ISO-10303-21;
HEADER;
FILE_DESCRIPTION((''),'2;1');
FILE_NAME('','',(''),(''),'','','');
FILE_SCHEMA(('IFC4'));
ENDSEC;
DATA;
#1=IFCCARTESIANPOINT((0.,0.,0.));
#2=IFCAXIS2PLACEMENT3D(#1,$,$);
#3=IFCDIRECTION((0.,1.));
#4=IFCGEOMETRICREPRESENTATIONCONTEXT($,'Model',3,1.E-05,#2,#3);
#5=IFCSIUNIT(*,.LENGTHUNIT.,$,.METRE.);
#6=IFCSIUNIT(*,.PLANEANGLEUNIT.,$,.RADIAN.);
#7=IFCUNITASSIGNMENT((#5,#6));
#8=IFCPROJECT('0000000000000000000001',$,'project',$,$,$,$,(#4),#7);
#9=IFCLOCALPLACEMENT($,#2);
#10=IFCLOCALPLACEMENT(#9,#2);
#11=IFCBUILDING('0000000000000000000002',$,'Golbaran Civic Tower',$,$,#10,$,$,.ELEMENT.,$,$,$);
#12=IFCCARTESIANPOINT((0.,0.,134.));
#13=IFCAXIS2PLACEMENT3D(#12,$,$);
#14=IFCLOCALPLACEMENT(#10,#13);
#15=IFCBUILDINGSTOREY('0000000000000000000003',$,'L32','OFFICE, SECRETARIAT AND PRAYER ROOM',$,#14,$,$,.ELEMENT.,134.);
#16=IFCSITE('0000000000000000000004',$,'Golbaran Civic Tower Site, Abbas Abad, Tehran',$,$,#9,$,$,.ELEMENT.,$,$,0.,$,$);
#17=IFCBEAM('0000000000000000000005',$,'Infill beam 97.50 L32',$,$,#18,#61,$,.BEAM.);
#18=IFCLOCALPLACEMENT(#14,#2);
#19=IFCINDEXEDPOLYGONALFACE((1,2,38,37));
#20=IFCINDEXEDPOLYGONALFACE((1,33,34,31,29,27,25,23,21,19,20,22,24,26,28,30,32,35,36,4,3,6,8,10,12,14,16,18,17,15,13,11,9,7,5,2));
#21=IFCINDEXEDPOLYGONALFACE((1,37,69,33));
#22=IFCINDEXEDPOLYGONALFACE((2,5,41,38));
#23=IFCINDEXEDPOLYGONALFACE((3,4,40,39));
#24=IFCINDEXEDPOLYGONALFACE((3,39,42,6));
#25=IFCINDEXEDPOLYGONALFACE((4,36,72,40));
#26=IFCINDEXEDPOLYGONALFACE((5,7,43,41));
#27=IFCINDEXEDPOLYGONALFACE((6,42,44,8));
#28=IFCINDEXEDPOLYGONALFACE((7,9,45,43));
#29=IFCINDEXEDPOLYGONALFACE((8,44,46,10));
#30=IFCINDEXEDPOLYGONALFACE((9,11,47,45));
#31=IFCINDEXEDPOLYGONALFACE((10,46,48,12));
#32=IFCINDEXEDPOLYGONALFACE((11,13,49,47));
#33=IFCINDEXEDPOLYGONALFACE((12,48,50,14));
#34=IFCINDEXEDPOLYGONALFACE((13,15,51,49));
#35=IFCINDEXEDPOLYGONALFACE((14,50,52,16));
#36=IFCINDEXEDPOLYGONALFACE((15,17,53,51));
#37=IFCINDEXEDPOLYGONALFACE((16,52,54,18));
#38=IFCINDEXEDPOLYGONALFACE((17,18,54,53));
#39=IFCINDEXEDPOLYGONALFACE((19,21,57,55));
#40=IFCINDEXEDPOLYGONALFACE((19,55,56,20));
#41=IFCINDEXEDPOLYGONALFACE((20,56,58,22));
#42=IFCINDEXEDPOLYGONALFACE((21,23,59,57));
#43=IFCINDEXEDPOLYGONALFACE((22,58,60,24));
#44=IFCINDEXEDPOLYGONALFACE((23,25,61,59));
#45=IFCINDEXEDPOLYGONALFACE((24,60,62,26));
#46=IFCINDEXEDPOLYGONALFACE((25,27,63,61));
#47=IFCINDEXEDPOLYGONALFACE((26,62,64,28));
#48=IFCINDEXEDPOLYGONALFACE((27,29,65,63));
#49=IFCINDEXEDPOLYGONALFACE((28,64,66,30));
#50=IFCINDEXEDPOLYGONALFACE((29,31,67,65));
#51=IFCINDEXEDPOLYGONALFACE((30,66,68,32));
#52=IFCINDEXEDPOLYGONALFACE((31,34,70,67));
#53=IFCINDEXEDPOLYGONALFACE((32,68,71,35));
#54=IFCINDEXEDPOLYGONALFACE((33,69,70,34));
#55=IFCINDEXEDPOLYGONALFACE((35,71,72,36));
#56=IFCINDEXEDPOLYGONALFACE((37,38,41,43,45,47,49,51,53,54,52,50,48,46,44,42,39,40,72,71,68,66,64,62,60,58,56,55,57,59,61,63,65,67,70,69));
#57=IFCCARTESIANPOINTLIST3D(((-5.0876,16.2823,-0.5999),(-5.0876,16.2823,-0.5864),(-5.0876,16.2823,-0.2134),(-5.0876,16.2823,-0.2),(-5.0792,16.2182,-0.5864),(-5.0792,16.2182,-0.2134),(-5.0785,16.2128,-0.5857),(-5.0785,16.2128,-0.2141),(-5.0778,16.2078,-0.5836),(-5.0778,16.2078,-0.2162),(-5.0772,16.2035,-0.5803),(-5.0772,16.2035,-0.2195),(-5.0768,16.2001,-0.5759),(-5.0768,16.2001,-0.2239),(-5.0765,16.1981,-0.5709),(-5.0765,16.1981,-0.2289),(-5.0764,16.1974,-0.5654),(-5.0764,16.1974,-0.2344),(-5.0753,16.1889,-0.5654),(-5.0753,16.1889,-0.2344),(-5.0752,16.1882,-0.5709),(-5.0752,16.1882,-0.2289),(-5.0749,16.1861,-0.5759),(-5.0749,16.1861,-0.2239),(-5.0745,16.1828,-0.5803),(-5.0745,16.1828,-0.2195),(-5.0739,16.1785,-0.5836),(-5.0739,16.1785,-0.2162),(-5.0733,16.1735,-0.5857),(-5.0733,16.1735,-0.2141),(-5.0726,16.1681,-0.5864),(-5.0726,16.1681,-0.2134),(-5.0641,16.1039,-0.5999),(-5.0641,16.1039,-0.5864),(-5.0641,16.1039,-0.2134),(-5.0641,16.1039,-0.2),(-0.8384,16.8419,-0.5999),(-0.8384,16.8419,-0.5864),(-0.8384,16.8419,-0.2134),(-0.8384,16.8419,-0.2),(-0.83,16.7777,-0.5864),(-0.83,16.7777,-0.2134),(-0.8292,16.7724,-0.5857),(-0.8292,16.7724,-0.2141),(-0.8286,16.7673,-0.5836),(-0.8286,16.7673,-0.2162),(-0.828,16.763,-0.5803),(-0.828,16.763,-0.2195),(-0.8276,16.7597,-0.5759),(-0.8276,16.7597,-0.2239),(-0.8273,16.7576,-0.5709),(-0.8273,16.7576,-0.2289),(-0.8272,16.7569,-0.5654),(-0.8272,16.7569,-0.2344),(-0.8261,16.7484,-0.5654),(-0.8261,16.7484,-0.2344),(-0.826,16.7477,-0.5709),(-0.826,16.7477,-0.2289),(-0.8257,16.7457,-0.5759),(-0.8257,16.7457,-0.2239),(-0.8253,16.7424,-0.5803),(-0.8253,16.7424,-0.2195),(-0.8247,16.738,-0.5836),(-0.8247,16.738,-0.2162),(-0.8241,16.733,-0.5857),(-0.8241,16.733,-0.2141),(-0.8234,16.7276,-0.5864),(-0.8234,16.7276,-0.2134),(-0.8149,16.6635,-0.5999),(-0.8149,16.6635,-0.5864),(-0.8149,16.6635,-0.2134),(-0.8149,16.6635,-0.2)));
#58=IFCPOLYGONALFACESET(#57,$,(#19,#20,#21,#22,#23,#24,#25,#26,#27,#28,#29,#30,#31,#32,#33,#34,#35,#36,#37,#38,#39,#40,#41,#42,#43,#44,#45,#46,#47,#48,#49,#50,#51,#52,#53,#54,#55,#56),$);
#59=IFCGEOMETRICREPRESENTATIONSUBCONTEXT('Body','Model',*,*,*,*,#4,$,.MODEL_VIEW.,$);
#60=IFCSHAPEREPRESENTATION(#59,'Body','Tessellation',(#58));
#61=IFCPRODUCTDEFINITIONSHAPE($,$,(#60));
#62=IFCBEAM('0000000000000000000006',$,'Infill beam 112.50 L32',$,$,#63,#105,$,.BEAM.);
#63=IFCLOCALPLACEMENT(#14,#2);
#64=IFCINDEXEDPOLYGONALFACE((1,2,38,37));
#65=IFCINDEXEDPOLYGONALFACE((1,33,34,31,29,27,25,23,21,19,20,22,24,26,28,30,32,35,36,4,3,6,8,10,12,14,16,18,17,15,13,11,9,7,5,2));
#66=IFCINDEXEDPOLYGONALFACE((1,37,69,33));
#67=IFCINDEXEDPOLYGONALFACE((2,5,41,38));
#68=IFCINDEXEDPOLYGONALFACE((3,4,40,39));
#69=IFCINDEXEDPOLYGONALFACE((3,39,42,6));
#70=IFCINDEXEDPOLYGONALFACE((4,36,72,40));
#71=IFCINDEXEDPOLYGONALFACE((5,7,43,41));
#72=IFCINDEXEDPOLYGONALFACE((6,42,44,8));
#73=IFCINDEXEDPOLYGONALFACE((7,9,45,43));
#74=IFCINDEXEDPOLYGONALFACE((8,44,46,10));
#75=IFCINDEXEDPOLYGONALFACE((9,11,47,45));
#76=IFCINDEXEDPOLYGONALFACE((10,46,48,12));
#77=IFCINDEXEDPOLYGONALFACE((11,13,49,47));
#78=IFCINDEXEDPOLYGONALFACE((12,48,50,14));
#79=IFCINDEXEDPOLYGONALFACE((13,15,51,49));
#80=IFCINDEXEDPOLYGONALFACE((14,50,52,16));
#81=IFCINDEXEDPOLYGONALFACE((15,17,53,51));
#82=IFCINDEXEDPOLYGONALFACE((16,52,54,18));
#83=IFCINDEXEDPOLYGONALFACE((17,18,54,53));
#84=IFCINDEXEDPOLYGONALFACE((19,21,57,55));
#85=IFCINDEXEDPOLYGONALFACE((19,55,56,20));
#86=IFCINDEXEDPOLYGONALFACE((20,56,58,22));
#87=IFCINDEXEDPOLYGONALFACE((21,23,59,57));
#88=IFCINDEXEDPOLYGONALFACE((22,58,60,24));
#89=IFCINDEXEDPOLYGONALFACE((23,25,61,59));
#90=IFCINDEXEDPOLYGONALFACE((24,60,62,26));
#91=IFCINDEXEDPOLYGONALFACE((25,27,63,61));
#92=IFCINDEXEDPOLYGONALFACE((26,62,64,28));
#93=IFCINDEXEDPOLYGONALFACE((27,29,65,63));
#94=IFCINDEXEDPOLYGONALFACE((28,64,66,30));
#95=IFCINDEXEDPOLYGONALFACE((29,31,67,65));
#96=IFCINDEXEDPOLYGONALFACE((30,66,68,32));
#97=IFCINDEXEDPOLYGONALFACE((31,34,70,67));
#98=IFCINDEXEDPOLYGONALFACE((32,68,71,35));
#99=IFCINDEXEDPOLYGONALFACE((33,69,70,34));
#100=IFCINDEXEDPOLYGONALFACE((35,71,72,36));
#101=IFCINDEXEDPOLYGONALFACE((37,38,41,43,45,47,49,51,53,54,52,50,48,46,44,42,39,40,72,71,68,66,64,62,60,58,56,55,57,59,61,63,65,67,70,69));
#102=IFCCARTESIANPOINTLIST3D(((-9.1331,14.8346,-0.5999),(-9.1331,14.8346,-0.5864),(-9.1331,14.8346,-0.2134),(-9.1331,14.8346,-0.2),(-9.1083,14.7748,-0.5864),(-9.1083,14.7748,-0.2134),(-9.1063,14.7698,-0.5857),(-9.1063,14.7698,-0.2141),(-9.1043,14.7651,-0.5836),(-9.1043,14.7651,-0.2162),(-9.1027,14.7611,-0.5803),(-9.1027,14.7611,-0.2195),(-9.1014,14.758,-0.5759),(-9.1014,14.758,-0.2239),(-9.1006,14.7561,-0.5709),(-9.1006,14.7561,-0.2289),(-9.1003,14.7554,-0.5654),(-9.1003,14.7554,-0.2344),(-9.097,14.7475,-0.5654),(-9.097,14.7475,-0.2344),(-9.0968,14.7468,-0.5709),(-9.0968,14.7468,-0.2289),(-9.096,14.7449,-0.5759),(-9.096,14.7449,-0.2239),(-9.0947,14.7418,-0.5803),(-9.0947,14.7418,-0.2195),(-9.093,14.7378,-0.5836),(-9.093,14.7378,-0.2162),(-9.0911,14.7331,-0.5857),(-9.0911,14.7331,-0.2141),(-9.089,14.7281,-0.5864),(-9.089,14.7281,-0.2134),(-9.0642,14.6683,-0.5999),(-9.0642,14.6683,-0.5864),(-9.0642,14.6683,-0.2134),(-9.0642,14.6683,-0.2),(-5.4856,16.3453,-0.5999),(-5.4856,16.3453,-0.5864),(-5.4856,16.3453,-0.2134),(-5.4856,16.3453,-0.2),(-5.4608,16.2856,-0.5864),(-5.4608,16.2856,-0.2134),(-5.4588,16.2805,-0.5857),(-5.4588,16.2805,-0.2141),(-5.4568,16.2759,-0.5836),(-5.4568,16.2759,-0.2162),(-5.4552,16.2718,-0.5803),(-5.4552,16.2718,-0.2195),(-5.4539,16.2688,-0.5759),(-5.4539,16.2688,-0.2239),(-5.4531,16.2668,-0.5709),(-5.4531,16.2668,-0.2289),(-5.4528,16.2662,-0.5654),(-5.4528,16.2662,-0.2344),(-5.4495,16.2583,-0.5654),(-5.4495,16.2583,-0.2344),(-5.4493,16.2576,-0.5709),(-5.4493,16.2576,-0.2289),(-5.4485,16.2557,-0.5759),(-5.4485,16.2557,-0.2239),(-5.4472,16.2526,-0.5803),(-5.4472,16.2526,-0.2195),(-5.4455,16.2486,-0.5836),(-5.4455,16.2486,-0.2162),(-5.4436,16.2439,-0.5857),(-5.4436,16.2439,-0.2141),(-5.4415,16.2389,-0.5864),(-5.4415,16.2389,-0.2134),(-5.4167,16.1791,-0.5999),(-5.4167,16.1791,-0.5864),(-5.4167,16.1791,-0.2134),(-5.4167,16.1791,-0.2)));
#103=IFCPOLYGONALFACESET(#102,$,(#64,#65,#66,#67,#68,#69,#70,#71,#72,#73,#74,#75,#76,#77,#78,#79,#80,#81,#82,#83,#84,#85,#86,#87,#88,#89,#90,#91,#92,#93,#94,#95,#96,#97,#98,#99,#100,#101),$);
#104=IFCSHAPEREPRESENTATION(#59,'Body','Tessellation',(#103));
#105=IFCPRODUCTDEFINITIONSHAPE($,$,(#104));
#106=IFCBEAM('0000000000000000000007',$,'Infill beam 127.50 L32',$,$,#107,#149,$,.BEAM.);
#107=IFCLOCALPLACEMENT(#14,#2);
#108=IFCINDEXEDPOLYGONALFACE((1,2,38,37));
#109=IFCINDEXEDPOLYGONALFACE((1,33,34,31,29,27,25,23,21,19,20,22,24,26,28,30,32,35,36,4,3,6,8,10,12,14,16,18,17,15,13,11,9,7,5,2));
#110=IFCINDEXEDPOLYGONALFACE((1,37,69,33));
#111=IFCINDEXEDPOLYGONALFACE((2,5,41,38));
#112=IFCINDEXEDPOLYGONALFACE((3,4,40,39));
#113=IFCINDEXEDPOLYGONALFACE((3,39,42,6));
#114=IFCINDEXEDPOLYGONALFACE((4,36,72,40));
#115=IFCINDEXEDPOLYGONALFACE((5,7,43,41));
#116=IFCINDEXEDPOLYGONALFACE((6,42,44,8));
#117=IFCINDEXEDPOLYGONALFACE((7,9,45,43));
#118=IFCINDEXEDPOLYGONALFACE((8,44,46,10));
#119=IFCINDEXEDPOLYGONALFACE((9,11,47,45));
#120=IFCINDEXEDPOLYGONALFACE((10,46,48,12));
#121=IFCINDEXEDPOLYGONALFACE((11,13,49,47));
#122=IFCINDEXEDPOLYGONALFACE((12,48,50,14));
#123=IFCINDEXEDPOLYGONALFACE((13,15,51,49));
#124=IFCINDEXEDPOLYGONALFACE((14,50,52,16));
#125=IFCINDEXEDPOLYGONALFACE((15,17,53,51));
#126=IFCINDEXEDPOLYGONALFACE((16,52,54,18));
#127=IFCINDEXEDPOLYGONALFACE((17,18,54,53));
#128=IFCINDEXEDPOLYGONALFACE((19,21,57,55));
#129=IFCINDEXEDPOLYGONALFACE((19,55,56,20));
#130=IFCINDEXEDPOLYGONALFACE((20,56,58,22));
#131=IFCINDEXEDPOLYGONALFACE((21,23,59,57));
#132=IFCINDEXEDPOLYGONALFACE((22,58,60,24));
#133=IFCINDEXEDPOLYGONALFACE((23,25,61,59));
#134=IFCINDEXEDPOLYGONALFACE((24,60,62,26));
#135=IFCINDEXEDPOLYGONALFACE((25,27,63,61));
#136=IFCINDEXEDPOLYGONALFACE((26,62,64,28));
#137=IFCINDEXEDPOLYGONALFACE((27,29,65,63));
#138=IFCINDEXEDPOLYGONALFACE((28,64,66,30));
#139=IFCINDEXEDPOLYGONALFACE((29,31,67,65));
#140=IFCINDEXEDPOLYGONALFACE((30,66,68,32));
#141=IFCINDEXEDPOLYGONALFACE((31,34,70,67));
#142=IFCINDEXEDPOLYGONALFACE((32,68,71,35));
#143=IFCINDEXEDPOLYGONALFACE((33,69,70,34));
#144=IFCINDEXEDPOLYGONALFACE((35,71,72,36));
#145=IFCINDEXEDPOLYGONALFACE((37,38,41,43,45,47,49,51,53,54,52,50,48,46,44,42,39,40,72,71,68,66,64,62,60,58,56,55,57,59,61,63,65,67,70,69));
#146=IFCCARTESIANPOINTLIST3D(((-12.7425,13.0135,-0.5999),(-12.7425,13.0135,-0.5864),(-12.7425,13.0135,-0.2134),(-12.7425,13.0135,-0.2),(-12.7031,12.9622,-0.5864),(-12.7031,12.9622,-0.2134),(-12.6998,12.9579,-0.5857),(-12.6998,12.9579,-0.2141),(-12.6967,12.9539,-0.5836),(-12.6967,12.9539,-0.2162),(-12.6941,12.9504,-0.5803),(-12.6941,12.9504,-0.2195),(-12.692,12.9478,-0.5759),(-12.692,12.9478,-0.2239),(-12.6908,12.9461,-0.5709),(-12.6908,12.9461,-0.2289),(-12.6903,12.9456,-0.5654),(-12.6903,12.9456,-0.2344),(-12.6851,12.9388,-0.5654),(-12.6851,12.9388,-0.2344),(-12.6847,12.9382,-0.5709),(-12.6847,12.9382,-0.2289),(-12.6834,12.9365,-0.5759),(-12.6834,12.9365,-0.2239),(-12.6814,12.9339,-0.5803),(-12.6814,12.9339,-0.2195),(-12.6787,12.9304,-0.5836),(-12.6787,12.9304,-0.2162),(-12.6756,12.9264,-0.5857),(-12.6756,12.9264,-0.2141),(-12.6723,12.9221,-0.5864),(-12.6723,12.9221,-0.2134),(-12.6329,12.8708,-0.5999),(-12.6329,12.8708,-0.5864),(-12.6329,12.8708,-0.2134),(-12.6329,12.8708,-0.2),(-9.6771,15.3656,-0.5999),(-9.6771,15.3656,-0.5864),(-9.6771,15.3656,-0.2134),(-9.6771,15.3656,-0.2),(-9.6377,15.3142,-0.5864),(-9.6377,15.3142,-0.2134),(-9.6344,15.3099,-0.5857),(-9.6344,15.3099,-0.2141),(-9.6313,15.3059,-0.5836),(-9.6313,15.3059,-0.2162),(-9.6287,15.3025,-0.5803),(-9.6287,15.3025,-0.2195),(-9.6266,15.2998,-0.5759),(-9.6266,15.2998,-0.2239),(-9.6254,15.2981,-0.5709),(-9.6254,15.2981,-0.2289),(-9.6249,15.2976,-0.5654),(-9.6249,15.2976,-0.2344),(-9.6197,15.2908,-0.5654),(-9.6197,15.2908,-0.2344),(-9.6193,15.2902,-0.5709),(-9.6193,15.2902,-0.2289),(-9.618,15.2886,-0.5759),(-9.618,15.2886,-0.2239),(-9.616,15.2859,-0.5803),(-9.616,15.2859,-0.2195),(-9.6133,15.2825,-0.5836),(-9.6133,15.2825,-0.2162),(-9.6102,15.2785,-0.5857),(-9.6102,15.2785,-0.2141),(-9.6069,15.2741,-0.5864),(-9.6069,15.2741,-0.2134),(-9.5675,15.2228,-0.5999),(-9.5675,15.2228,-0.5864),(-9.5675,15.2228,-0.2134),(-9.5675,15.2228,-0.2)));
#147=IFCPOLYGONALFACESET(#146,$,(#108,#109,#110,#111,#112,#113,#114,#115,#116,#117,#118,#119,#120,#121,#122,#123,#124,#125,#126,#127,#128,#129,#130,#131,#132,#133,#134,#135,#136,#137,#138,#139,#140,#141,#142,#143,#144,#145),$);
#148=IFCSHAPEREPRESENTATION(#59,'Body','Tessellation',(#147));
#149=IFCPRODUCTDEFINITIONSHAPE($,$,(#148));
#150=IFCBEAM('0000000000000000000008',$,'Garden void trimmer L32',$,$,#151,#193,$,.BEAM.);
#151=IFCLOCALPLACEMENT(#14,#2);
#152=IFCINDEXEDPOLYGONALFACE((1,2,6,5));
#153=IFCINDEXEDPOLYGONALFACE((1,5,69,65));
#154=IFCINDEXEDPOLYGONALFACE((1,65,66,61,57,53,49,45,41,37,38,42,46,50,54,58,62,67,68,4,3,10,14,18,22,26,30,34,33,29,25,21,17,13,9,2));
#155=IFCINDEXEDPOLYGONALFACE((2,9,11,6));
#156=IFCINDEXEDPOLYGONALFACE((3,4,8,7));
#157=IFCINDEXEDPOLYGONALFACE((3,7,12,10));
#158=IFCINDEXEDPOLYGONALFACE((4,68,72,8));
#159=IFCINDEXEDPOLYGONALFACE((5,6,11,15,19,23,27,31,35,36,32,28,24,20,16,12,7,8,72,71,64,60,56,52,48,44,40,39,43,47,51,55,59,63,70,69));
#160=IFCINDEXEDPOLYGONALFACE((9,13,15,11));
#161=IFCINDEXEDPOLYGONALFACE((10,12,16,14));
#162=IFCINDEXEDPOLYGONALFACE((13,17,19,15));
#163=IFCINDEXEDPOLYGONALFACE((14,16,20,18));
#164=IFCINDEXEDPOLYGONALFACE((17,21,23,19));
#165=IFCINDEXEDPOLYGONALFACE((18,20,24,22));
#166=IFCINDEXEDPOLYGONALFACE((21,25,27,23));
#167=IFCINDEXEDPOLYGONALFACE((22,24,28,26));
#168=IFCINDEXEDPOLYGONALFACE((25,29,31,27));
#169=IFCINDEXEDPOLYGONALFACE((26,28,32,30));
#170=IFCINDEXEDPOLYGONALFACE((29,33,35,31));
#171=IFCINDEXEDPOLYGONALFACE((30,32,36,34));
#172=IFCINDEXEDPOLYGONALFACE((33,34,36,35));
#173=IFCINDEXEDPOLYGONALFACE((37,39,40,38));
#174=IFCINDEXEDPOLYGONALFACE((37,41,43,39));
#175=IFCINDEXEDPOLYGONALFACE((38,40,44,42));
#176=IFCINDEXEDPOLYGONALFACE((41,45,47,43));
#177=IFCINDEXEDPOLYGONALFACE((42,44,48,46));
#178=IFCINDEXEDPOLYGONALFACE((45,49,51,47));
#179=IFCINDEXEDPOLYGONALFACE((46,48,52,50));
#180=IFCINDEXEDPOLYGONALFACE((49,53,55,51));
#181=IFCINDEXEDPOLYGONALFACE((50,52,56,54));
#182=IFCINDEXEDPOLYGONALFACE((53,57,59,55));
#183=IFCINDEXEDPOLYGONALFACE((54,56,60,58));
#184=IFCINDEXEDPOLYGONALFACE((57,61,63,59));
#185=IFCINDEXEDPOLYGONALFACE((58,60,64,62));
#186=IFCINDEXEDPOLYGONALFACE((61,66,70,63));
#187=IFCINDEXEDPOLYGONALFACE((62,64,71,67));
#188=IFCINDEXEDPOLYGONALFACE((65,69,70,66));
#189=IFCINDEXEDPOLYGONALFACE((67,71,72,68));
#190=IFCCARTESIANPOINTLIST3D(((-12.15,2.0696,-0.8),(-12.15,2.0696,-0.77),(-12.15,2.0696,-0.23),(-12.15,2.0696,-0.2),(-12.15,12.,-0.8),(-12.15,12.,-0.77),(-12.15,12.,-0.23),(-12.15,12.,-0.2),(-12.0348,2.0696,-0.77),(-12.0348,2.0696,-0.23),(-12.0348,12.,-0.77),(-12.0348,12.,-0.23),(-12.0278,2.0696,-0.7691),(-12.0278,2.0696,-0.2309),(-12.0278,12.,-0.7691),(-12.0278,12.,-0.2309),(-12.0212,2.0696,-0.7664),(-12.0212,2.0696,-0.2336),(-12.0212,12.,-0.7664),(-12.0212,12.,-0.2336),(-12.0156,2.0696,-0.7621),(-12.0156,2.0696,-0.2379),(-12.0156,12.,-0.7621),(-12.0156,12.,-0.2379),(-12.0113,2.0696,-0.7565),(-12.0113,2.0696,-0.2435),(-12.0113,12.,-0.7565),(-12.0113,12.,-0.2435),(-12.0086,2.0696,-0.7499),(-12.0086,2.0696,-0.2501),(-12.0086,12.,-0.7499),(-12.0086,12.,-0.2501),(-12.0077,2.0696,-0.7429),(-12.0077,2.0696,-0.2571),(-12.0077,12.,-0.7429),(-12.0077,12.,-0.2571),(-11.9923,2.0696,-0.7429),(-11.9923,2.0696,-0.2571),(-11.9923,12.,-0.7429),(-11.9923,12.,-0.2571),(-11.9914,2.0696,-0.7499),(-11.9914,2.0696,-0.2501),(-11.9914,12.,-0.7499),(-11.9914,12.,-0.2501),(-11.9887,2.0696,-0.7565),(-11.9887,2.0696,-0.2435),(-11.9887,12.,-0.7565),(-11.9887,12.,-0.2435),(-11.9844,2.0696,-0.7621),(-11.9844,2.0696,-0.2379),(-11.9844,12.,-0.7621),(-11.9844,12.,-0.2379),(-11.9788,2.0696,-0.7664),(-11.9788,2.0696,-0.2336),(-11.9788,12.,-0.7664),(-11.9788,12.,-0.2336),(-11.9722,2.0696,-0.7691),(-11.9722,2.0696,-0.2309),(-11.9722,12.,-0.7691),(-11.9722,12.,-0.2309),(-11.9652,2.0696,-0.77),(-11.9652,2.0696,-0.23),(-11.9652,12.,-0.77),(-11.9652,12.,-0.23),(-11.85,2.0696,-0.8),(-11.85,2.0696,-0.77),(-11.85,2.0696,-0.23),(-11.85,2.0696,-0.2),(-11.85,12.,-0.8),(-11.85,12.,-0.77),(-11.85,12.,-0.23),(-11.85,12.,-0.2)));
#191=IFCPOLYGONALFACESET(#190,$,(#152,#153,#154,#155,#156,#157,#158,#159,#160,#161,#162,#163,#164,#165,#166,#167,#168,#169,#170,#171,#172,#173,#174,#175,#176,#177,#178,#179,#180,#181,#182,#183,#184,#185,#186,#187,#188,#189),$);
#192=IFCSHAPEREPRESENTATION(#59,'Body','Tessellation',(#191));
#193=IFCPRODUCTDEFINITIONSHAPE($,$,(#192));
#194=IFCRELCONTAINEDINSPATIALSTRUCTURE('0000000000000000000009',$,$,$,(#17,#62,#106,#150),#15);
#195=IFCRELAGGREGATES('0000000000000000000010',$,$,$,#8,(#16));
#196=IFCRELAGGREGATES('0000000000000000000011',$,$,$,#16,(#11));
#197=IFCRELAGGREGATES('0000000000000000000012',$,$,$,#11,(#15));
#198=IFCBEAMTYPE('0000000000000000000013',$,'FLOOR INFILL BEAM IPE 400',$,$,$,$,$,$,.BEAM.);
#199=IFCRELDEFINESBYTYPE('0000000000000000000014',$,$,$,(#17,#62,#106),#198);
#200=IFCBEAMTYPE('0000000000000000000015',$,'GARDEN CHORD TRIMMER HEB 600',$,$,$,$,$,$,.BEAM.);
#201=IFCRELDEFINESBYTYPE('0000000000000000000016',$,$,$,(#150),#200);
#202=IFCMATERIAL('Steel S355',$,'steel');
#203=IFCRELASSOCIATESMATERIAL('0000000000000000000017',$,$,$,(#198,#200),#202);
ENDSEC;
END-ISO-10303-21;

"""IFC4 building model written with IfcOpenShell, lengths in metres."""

from ifc_helpers import new_model, si_unit, direction, frame, origin, origin_2d, place, context, subcontext, project, spatial, i_section, extrude, material, material_profile, profile_set, type_object, element, save


model = new_model("IFC4")

# Units and contexts
model_context = context("Model", 3, precision=1e-05, world=origin(), true_north=direction((0.0, 1.0)))
body_context = subcontext(model_context, "Body", "Model", "MODEL_VIEW")
ifc_project = project(units=[si_unit("LENGTHUNIT", "METRE"), si_unit("PLANEANGLEUNIT", "RADIAN")], contexts=[model_context])

# Site, building, storey
site_placement = place(None, origin())
site = spatial("IfcSite", under=ifc_project, at=site_placement, Name="Golbaran Civic Tower Site, Abbas Abad, Tehran", CompositionType="ELEMENT", RefElevation=0.0)
building_placement = place(site_placement, origin())
building = spatial("IfcBuilding", under=site, at=building_placement, Name="Golbaran Civic Tower", CompositionType="ELEMENT")
storey_placement = place(building_placement, frame((0.0, 0.0, 134.0)))
storey = spatial("IfcBuildingStorey", under=building, at=storey_placement, Name="L32", Description="OFFICE, SECRETARIAT AND PRAYER ROOM", CompositionType="ELEMENT", Elevation=134.0)

# Beams
ifc_material_1 = material(Name="Steel S355", Category="steel")
ifc_material_profile_1 = material_profile(ifc_material_1, i_section(OverallWidth=0.1799, OverallDepth=0.3999, WebThickness=0.0085, FlangeThickness=0.0134, FilletRadius=0.021, at=origin_2d()), Name="IPE 400")
ifc_profile_set_1 = profile_set([ifc_material_profile_1], Name="Steel S355")
beam_type_1 = type_object("IfcBeamType", Name="FLOOR INFILL BEAM IPE 400", PredefinedType="BEAM", material=ifc_profile_set_1)
beam_1_placement = place(storey_placement, frame((-0.8267, 16.7527, -0.3999), z_axis=(-0.991441, -0.130559, 0.0), x_axis=(0.130559, -0.991441, 0.0)))
element("IfcBeam", 1, at=beam_1_placement, inside=storey, type_object=beam_type_1, Name="Infill beam 97.50 L32", PredefinedType="BEAM", context=body_context, shape_type="SweptSolid", body=[
    extrude(i_section(OverallWidth=0.1799, OverallDepth=0.3999, WebThickness=0.0085, FlangeThickness=0.0134, FilletRadius=0.021, at=origin_2d()), origin(), (0.0, 0.0, 1.0), 4.2859),
])
beam_2_placement = place(storey_placement, frame((-5.4512, 16.2622, -0.3999), z_axis=(-0.923887, -0.382665, 0.0), x_axis=(0.382665, -0.923887, 0.0)))
element("IfcBeam", 2, at=beam_2_placement, inside=storey, type_object=beam_type_1, Name="Infill beam 112.50 L32", PredefinedType="BEAM", context=body_context, shape_type="SweptSolid", body=[
    extrude(i_section(OverallWidth=0.1799, OverallDepth=0.3999, WebThickness=0.0085, FlangeThickness=0.0134, FilletRadius=0.021, at=origin_2d()), origin(), (0.0, 0.0, 1.0), 3.948),
])
beam_3_placement = place(storey_placement, frame((-9.6223, 15.2942, -0.3999), z_axis=(-0.79337, -0.608739, 0.0), x_axis=(0.608739, -0.79337, 0.0)))
element("IfcBeam", 3, at=beam_3_placement, inside=storey, type_object=beam_type_1, Name="Infill beam 127.50 L32", PredefinedType="BEAM", context=body_context, shape_type="SweptSolid", body=[
    extrude(i_section(OverallWidth=0.1799, OverallDepth=0.3999, WebThickness=0.0085, FlangeThickness=0.0134, FilletRadius=0.021, at=origin_2d()), origin(), (0.0, 0.0, 1.0), 3.8638),
])
ifc_material_profile_2 = material_profile(ifc_material_1, i_section(OverallWidth=0.3, OverallDepth=0.6001, WebThickness=0.0154, FlangeThickness=0.03, FilletRadius=0.0271, at=origin_2d()), Name="HEB 600")
ifc_profile_set_2 = profile_set([ifc_material_profile_2], Name="Steel S355")
beam_type_2 = type_object("IfcBeamType", Name="GARDEN CHORD TRIMMER HEB 600", PredefinedType="BEAM", material=ifc_profile_set_2)
beam_4_placement = place(storey_placement, frame((-12.0, 12.0, -0.5), z_axis=(0.0, -1.0, 0.0), x_axis=(1.0, 0.0, 0.0)))
element("IfcBeam", 4, at=beam_4_placement, inside=storey, type_object=beam_type_2, Name="Garden void trimmer L32", PredefinedType="BEAM", context=body_context, shape_type="SweptSolid", body=[
    extrude(i_section(OverallWidth=0.3, OverallDepth=0.6001, WebThickness=0.0154, FlangeThickness=0.03, FilletRadius=0.0271, at=origin_2d()), origin(), (0.0, 0.0, 1.0), 9.9304),
])

save(model, "model.ifc")
